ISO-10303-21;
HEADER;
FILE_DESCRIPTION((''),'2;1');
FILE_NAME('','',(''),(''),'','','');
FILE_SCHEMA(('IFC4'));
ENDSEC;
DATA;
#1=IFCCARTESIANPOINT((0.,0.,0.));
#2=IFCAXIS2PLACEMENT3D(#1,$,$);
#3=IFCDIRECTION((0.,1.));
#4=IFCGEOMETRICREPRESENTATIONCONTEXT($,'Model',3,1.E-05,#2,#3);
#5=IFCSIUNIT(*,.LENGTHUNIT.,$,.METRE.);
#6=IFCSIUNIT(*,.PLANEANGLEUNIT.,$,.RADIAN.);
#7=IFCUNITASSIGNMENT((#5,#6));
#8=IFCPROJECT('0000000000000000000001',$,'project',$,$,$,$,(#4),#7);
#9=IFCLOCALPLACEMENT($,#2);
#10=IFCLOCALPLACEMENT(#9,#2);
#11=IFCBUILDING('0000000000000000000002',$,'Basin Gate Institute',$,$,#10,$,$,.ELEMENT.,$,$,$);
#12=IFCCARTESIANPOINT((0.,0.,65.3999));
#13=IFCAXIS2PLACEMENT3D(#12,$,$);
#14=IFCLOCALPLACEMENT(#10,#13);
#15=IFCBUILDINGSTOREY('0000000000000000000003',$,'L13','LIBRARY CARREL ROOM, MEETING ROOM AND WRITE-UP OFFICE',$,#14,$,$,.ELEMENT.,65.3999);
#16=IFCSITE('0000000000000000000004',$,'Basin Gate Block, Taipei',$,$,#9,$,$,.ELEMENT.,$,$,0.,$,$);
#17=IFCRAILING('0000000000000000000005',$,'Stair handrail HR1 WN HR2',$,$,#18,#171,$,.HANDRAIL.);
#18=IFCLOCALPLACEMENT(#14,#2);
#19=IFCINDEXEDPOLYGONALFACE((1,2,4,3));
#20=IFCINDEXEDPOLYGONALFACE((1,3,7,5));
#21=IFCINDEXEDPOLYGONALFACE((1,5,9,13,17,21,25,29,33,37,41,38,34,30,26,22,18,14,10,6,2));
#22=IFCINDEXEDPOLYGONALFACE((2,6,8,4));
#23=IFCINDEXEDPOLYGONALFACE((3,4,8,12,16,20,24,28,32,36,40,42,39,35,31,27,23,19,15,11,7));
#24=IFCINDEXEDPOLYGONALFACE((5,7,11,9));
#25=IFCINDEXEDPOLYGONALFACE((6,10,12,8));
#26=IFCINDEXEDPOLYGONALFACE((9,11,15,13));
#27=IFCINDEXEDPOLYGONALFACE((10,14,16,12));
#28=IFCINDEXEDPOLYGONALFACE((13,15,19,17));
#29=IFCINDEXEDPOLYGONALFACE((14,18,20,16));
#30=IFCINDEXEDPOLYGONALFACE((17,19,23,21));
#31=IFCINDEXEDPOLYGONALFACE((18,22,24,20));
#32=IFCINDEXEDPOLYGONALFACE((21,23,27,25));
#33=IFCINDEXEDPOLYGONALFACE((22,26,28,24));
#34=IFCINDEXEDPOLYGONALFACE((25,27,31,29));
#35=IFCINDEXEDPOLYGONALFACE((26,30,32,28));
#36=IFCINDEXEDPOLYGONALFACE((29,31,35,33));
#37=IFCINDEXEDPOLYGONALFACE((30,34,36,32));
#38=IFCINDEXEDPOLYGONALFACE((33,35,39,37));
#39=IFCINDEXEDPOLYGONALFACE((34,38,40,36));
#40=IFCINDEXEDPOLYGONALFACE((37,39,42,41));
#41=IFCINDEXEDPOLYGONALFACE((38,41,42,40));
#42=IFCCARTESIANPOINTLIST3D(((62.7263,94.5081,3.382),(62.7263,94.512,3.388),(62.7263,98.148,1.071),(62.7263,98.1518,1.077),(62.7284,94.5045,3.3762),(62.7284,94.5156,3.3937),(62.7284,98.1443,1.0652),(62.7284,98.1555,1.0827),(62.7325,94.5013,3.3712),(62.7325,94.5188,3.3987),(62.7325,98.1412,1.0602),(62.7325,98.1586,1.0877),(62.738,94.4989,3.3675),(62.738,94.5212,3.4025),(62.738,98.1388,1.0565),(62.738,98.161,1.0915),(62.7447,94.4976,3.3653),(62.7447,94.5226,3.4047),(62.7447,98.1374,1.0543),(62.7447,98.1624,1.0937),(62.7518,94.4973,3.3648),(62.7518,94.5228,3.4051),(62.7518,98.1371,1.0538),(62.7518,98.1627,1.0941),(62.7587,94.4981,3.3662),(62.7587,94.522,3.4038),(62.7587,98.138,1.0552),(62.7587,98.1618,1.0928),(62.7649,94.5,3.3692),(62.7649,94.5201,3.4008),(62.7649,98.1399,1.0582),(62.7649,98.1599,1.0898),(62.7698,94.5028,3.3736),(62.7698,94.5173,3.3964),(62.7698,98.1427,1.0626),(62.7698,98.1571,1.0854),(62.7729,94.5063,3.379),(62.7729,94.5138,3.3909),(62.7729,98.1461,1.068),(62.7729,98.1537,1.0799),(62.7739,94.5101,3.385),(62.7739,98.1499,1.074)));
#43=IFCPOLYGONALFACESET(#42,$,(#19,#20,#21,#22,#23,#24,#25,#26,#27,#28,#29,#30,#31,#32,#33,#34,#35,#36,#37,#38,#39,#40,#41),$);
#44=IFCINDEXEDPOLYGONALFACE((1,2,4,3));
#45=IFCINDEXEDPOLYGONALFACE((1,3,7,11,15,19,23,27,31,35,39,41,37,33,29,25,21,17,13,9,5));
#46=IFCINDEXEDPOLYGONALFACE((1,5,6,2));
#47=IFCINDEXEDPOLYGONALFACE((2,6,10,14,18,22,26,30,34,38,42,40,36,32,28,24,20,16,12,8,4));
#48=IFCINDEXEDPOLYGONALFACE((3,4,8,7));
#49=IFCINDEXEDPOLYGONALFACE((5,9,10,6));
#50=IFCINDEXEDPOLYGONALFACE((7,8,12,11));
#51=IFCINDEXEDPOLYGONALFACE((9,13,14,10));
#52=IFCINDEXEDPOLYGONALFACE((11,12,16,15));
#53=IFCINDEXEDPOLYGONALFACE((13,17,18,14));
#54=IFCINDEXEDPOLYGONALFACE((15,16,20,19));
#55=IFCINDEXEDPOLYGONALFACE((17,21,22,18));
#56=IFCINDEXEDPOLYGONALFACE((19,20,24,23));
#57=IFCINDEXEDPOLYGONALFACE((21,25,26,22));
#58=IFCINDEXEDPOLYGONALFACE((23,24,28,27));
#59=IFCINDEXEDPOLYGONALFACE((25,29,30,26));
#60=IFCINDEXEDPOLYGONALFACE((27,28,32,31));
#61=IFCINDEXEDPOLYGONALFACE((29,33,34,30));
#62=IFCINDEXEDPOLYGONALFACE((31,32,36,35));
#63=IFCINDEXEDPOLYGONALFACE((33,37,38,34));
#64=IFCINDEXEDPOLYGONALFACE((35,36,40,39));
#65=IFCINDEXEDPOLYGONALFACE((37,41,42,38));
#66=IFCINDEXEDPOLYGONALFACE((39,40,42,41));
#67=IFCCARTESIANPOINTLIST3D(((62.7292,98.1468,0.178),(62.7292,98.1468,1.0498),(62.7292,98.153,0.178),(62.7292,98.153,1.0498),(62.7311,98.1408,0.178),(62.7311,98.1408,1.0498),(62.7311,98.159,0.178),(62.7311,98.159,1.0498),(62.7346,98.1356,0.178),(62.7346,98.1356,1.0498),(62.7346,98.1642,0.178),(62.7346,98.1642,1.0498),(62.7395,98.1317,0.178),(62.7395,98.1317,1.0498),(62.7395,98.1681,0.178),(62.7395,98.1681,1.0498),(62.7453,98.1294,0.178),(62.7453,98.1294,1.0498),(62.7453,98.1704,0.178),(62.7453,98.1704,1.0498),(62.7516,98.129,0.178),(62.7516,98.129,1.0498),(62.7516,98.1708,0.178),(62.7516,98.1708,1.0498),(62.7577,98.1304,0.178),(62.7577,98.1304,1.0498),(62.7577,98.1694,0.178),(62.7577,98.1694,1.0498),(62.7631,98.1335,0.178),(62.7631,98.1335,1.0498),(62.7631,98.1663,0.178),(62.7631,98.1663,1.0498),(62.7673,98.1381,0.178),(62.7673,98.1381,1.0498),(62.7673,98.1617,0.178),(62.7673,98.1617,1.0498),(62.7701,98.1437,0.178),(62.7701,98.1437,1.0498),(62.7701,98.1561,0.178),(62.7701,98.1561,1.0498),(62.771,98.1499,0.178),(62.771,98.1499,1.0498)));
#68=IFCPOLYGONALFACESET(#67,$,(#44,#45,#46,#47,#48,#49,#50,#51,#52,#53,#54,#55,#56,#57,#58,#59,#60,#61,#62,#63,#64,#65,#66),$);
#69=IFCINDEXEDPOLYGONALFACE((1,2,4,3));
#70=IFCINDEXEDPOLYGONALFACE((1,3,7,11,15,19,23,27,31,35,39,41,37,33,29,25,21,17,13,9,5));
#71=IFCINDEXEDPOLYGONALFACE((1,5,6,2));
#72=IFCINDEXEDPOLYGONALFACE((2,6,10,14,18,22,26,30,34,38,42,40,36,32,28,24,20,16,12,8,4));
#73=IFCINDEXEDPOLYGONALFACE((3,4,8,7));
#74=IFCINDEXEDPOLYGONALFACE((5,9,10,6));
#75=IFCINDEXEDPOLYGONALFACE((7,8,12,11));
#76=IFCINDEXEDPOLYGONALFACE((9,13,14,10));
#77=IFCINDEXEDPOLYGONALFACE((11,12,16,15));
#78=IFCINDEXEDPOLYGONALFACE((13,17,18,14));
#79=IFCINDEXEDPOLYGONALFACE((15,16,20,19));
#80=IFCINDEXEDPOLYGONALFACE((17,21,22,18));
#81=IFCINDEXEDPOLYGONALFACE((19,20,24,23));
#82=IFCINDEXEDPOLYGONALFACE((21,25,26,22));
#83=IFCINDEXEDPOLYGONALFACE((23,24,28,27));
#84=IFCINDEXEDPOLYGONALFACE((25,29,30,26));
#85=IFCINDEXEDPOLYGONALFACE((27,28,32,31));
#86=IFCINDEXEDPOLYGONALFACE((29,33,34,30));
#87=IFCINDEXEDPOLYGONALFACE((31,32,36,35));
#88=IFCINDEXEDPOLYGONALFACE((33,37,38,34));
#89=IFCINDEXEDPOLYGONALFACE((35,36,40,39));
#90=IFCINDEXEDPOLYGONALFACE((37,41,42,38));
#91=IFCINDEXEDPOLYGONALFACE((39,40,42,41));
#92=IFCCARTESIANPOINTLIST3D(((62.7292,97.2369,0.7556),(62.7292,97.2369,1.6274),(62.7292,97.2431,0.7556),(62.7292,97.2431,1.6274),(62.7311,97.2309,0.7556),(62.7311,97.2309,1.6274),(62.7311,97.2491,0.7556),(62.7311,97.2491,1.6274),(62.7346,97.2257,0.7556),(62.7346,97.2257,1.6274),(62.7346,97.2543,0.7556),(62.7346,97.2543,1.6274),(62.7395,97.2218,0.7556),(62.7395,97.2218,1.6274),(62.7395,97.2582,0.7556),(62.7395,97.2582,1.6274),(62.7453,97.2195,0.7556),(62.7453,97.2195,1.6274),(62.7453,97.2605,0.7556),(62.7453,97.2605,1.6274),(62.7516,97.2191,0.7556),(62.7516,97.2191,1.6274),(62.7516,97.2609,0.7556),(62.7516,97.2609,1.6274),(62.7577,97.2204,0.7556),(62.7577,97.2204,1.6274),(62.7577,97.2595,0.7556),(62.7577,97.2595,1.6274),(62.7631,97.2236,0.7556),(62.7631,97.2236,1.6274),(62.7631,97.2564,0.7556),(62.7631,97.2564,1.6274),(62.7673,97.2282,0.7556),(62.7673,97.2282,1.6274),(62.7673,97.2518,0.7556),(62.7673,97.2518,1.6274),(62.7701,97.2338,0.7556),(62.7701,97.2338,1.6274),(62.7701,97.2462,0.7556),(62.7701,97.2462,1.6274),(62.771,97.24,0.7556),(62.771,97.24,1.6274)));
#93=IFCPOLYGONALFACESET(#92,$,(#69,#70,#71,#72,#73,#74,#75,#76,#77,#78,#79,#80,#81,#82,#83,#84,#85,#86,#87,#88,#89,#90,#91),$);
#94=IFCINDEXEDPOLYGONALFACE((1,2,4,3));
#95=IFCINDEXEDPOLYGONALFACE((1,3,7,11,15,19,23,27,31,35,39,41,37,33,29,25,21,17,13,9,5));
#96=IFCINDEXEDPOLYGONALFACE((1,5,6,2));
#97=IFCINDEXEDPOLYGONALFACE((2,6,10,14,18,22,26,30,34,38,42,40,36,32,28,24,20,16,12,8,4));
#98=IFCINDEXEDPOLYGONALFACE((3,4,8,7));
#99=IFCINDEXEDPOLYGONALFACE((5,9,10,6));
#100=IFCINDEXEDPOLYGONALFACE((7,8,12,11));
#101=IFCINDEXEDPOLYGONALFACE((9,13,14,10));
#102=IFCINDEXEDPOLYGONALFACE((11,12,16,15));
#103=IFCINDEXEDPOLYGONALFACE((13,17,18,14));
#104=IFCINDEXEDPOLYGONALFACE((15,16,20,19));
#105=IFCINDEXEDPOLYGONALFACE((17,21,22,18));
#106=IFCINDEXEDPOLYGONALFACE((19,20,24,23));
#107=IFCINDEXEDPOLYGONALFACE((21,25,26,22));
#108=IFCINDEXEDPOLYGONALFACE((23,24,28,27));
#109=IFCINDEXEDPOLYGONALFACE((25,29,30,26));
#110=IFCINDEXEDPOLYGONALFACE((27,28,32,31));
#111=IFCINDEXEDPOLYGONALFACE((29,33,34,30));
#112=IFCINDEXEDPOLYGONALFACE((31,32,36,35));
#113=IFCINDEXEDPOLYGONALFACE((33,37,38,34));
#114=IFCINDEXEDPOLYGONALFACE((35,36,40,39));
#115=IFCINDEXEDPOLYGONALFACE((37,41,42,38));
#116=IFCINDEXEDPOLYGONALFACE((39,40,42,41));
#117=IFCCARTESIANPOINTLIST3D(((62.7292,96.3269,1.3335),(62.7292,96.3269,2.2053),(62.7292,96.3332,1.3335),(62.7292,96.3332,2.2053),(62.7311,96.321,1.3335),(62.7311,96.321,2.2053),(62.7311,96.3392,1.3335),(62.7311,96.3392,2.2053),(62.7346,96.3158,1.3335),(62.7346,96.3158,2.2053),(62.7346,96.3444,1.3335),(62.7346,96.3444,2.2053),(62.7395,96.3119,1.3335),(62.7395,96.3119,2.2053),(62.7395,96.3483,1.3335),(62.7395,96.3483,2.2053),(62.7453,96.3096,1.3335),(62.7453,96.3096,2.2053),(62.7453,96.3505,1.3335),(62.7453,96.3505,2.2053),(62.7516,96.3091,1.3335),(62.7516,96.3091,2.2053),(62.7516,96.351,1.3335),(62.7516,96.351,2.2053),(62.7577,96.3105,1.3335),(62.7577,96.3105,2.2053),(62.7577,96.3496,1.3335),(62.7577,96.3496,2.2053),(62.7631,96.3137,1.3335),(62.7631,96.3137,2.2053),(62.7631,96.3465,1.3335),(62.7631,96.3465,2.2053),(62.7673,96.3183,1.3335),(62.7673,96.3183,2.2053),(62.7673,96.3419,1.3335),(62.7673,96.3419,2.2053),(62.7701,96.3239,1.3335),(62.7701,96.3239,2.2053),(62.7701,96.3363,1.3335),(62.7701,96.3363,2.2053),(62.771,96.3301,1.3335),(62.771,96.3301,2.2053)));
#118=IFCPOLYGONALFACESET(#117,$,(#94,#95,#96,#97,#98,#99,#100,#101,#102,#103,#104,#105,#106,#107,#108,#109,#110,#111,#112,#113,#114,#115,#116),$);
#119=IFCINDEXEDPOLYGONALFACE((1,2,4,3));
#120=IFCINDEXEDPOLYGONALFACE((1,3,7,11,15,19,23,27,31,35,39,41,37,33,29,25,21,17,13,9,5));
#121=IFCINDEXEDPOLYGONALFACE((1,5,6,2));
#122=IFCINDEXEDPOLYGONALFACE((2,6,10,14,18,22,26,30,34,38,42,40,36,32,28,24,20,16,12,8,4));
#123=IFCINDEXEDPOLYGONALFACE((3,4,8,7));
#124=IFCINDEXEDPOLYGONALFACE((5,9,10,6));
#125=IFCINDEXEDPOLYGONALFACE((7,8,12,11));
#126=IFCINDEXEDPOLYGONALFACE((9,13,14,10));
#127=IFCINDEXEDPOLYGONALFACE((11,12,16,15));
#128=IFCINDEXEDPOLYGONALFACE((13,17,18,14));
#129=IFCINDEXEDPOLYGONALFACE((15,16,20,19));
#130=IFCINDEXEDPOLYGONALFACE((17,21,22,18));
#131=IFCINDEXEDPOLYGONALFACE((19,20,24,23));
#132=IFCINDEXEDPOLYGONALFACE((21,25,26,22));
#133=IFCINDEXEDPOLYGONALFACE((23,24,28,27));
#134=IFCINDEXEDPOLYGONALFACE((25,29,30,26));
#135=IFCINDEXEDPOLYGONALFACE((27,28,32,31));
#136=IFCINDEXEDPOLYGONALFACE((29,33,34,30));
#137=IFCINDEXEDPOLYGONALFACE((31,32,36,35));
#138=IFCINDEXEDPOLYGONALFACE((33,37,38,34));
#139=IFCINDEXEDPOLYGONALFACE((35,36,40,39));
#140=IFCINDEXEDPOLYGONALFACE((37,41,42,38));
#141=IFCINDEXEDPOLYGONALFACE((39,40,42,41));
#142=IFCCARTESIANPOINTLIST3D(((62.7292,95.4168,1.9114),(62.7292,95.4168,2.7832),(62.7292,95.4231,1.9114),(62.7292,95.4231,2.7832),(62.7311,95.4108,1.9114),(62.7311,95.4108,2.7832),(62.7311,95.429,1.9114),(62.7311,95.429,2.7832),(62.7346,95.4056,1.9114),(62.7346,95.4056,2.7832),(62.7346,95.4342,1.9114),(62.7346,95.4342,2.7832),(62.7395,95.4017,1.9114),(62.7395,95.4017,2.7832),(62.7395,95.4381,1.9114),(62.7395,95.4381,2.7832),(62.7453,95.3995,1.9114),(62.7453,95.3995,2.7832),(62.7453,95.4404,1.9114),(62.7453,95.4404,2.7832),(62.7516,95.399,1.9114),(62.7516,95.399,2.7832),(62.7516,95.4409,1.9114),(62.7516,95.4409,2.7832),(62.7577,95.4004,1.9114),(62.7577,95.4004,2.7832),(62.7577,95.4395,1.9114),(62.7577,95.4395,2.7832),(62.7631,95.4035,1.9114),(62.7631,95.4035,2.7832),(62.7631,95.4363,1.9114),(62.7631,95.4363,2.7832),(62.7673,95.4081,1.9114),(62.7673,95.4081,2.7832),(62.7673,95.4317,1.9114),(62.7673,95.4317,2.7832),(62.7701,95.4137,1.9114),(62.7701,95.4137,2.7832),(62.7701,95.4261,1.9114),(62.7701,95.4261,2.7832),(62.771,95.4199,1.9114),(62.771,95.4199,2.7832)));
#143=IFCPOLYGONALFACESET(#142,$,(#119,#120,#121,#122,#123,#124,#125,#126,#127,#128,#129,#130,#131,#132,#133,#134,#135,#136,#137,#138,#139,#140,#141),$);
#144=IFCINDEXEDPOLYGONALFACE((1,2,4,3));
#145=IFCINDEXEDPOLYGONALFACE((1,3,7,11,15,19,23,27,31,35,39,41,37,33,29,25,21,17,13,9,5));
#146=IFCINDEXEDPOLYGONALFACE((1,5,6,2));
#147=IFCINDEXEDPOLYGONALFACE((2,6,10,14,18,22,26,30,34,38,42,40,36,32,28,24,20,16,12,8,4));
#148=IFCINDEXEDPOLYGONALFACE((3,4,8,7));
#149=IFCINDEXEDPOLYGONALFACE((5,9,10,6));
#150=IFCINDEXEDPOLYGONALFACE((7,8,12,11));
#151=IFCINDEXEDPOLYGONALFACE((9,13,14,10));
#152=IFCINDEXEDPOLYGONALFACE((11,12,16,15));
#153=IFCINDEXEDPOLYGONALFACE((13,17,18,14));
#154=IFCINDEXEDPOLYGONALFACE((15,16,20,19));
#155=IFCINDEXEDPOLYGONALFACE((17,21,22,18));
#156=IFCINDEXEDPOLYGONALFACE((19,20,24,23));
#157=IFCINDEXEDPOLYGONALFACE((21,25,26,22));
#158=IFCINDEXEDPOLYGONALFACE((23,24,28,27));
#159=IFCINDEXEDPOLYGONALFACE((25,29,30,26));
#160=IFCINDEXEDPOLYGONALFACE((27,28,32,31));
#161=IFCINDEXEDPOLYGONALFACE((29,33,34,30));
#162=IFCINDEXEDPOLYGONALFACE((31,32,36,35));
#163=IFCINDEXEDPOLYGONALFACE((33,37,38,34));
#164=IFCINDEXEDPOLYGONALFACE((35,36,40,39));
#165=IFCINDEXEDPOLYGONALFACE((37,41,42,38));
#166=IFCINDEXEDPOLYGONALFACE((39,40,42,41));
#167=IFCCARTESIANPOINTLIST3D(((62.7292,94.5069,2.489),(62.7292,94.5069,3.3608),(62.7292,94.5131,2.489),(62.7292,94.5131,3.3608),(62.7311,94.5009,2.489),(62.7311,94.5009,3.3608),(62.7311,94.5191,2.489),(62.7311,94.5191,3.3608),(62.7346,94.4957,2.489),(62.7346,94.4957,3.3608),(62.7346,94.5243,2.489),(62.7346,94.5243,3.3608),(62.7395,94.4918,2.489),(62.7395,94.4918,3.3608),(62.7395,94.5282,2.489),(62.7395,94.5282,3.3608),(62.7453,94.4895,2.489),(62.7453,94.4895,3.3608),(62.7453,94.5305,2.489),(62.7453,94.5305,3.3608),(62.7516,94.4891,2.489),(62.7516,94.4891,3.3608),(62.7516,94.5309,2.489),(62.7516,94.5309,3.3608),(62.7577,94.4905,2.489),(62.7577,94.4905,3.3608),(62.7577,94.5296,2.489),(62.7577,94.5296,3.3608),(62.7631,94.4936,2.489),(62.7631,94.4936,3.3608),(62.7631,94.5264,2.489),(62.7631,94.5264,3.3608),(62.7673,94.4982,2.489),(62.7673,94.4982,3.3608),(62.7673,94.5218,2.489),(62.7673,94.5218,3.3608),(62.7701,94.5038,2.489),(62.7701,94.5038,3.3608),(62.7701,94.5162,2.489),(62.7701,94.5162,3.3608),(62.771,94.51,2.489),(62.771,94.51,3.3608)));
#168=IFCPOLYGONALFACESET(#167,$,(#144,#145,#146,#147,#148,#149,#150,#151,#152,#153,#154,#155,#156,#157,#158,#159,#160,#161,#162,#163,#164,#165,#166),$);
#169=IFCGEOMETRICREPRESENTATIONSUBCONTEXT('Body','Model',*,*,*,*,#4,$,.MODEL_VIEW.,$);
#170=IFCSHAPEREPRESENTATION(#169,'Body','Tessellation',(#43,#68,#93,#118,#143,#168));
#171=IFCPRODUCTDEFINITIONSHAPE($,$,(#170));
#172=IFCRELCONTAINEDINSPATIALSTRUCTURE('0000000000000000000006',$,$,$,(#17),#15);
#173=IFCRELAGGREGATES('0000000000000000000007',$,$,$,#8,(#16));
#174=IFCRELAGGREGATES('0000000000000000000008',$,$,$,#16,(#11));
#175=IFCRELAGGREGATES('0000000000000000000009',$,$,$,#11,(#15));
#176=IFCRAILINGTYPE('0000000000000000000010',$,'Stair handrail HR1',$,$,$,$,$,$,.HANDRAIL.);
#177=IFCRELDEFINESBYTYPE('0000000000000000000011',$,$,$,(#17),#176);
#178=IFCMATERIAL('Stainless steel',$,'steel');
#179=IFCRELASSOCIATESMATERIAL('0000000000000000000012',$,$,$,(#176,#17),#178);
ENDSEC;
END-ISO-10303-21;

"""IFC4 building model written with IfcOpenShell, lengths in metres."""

from ifc_helpers import new_model, si_unit, direction, frame, origin, origin_2d, place, context, subcontext, project, spatial, circle, extrude, material, type_object, element, save


model = new_model("IFC4")

# Units and contexts
model_context = context("Model", 3, precision=1e-05, world=origin(), true_north=direction((0.0, 1.0)))
body_context = subcontext(model_context, "Body", "Model", "MODEL_VIEW")
ifc_project = project(units=[si_unit("LENGTHUNIT", "METRE"), si_unit("PLANEANGLEUNIT", "RADIAN")], contexts=[model_context])

# Site, building, storey
site_placement = place(None, origin())
site = spatial("IfcSite", under=ifc_project, at=site_placement, Name="Basin Gate Block, Taipei", CompositionType="ELEMENT", RefElevation=0.0)
building_placement = place(site_placement, origin())
building = spatial("IfcBuilding", under=site, at=building_placement, Name="Basin Gate Institute", CompositionType="ELEMENT")
storey_placement = place(building_placement, frame((0.0, 0.0, 65.3999)))
storey = spatial("IfcBuildingStorey", under=building, at=storey_placement, Name="L13", Description="LIBRARY CARREL ROOM, MEETING ROOM AND WRITE-UP OFFICE", CompositionType="ELEMENT", Elevation=65.3999)

# Railing
ifc_material_1 = material(Name="Stainless steel", Category="steel")
railing_type_1 = type_object("IfcRailingType", Name="Stair handrail HR1", PredefinedType="HANDRAIL", material=ifc_material_1)
for number, where, name in (
    (1, (62.75, 98.1499, 0.178), "Stair handrail HR1 WN HR2"),
):
    element("IfcRailing", number, at=place(storey_placement, frame(where)), inside=storey, type_object=railing_type_1, material=ifc_material_1, Name=name, PredefinedType="HANDRAIL", context=body_context, shape_type="SweptSolid", body=[
        extrude(circle(Radius=0.0239, at=origin_2d()), frame((0.0, 0.0, 0.896), z_axis=(0.0, -0.844214, 0.536007), x_axis=(1.0, 0.0, 0.0)), (0.0, 0.0, 1.0), 4.3115),
        extrude(circle(Radius=0.021, at=origin_2d()), origin(), (0.0, 0.0, 1.0), 0.8718),
        extrude(circle(Radius=0.021, at=origin_2d()), frame((0.0, -0.9099, 0.5776)), (0.0, 0.0, 1.0), 0.8718),
        extrude(circle(Radius=0.021, at=origin_2d()), frame((0.0, -1.8198, 1.1555)), (0.0, 0.0, 1.0), 0.8718),
        extrude(circle(Radius=0.021, at=origin_2d()), frame((0.0, -2.73, 1.7334)), (0.0, 0.0, 1.0), 0.8718),
        extrude(circle(Radius=0.021, at=origin_2d()), frame((0.0, -3.6399, 2.311)), (0.0, 0.0, 1.0), 0.8718),
    ])

save(model, "model.ifc")
